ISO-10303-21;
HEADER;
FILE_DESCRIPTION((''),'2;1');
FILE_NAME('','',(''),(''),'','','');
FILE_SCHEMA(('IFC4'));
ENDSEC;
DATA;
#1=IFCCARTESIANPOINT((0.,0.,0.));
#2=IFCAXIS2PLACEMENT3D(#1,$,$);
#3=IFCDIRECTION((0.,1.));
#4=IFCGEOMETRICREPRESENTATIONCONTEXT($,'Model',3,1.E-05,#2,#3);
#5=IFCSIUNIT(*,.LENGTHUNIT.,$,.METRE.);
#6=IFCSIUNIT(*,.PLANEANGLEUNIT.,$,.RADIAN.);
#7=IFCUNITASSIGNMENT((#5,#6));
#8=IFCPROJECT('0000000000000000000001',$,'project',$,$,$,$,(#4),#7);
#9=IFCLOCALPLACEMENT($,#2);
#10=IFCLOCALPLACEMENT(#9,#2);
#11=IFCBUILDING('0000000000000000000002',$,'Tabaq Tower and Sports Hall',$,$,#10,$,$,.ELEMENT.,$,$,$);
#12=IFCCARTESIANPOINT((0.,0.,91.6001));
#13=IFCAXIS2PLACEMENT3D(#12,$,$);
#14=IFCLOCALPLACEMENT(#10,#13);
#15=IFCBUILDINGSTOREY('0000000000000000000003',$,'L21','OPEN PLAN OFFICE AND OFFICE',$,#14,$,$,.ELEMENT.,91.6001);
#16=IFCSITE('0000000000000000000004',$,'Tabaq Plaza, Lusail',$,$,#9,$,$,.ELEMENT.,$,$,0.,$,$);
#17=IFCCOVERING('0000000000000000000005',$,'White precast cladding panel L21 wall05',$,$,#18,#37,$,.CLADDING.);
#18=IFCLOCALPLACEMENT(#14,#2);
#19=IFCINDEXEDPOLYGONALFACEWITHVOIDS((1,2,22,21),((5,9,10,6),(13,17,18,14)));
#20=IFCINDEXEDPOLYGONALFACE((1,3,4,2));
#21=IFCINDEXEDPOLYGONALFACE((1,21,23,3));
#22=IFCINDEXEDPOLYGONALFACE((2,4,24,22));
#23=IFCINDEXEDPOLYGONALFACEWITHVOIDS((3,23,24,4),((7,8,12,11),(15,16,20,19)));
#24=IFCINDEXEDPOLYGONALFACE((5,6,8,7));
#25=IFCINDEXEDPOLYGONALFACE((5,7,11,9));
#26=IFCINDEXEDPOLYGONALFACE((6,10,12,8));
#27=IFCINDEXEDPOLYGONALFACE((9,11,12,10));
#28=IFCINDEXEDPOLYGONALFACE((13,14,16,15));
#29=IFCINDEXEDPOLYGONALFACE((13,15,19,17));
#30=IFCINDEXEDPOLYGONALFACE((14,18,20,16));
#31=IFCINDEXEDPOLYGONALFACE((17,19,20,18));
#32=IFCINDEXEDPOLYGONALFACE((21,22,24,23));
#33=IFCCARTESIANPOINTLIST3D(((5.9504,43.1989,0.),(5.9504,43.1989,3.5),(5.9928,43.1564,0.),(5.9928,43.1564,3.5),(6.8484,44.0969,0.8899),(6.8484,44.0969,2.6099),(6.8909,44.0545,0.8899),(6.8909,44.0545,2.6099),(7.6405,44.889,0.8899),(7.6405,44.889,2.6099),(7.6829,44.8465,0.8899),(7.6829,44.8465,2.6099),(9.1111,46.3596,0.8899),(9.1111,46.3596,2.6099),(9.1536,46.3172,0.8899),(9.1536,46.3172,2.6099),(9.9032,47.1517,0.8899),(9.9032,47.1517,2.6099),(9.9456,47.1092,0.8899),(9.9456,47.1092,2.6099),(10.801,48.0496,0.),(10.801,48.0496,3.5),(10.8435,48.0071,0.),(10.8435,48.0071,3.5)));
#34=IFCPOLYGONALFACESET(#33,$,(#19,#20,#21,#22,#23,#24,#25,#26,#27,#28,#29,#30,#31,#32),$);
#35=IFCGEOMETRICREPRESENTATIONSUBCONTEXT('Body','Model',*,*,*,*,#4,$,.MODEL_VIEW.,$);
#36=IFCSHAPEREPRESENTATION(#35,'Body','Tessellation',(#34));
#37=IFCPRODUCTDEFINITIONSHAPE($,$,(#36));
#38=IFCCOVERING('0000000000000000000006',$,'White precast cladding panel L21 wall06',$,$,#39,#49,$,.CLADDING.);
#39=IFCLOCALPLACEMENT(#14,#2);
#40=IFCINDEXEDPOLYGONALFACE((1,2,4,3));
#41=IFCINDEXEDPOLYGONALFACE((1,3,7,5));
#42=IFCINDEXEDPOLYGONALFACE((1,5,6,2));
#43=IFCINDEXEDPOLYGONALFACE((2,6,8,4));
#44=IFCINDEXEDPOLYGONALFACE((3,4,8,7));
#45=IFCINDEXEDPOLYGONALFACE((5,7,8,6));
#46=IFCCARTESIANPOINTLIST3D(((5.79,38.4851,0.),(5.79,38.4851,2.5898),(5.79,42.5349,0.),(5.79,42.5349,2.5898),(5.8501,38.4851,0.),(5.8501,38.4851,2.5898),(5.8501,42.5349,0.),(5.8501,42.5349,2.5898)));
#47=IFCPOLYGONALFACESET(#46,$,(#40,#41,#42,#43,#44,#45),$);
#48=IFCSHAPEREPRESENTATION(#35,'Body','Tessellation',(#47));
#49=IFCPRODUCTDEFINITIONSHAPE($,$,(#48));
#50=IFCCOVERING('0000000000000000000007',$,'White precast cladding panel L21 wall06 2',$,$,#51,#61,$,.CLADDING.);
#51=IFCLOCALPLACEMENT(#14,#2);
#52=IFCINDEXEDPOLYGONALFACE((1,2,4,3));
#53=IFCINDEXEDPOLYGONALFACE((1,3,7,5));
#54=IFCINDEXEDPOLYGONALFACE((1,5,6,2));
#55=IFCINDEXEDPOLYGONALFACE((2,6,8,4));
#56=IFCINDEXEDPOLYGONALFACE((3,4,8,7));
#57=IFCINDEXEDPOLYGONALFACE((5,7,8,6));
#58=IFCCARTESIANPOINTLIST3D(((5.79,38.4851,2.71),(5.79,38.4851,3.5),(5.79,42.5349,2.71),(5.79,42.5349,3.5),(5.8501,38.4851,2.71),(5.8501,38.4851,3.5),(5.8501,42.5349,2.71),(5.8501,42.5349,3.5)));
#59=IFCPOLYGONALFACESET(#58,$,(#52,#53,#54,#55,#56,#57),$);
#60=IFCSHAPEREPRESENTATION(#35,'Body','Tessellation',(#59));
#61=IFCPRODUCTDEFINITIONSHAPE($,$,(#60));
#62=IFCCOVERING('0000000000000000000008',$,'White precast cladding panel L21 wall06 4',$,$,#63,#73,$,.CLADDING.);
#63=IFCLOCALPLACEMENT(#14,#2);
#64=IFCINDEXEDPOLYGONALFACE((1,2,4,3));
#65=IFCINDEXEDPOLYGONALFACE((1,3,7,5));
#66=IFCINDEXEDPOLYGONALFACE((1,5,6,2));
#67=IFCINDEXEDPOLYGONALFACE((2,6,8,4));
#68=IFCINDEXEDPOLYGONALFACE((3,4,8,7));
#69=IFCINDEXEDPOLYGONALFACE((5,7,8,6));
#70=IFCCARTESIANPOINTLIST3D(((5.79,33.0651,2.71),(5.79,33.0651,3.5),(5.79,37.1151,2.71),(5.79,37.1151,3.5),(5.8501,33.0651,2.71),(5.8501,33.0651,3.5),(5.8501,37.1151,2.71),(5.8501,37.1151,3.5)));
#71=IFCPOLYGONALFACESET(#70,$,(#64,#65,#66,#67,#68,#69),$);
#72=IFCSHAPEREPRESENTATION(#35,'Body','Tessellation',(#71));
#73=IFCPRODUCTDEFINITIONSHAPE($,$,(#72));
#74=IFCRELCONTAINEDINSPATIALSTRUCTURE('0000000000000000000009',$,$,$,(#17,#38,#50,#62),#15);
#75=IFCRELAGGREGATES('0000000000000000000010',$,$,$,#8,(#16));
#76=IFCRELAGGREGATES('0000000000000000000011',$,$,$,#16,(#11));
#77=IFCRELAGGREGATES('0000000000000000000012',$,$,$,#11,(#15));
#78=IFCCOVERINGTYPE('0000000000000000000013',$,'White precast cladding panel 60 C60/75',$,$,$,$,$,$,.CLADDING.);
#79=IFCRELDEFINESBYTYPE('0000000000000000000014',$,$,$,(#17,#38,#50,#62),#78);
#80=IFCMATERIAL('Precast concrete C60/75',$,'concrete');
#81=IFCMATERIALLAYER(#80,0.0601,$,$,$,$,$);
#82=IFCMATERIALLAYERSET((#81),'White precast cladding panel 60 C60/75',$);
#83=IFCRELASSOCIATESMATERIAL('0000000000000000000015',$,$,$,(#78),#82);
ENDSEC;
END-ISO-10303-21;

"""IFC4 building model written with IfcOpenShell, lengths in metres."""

from ifc_helpers import new_model, si_unit, direction, frame, frame_2d, origin, place, context, subcontext, project, spatial, polyline, rectangle, outline, extrude, material, layer, layer_set, type_object, element, save


model = new_model("IFC4")

# Units and contexts
model_context = context("Model", 3, precision=1e-05, world=origin(), true_north=direction((0.0, 1.0)))
body_context = subcontext(model_context, "Body", "Model", "MODEL_VIEW")
ifc_project = project(units=[si_unit("LENGTHUNIT", "METRE"), si_unit("PLANEANGLEUNIT", "RADIAN")], contexts=[model_context])

# Site, building, storey
site_placement = place(None, origin())
site = spatial("IfcSite", under=ifc_project, at=site_placement, Name="Tabaq Plaza, Lusail", CompositionType="ELEMENT", RefElevation=0.0)
building_placement = place(site_placement, origin())
building = spatial("IfcBuilding", under=site, at=building_placement, Name="Tabaq Tower and Sports Hall", CompositionType="ELEMENT")
storey_placement = place(building_placement, frame((0.0, 0.0, 91.6001)))
storey = spatial("IfcBuildingStorey", under=building, at=storey_placement, Name="L21", Description="OPEN PLAN OFFICE AND OFFICE", CompositionType="ELEMENT", Elevation=91.6001)

# Coverings
ifc_material_1 = material(Name="Precast concrete C60/75", Category="concrete")
ifc_layer_1 = layer(ifc_material_1, 0.0601)
ifc_layer_set_1 = layer_set([ifc_layer_1], Name="White precast cladding panel 60 C60/75")
covering_type_1 = type_object("IfcCoveringType", Name="White precast cladding panel 60 C60/75", PredefinedType="CLADDING", material=ifc_layer_set_1)
covering_1_placement = place(storey_placement, frame((10.8223, 48.0283, 0.0), z_axis=(0.0, 0.0, 1.0), x_axis=(-0.707107, -0.707107, 0.0)))
element("IfcCovering", 1, at=covering_1_placement, inside=storey, type_object=covering_type_1, Name="White precast cladding panel L21 wall05", PredefinedType="CLADDING", context=body_context, shape_type="SweptSolid", body=[
    extrude(outline(polyline([(0.0, 0.0), (6.8599, 0.0), (6.8599, 3.5), (0.0, 3.5), (0.0, 0.0)]), holes=[polyline([(1.2698, 2.6099), (2.3899, 2.6099), (2.3899, 0.8899), (1.2698, 0.8899), (1.2698, 2.6099)]), polyline([(4.4697, 2.6099), (5.5898, 2.6099), (5.5898, 0.8899), (4.4697, 0.8899), (4.4697, 2.6099)])]), frame((0.0, 0.03, 0.0), z_axis=(0.0, -1.0, 0.0), x_axis=(1.0, 0.0, 0.0)), (0.0, 0.0, 1.0), 0.0601),
])
covering_2_placement = place(storey_placement, frame((5.8201, 42.5349, 0.0), z_axis=(0.0, 0.0, 1.0), x_axis=(0.0, -1.0, 0.0)))
element("IfcCovering", 2, at=covering_2_placement, inside=storey, type_object=covering_type_1, Name="White precast cladding panel L21 wall06", PredefinedType="CLADDING", context=body_context, shape_type="SweptSolid", body=[
    extrude(rectangle(XDim=4.0498, YDim=0.0601, at=frame_2d((2.0249, 0.0))), origin(), (0.0, 0.0, 1.0), 2.5898),
])
covering_3_placement = place(storey_placement, frame((5.8201, 42.5349, 2.71), z_axis=(0.0, 0.0, 1.0), x_axis=(0.0, -1.0, 0.0)))
element("IfcCovering", 3, at=covering_3_placement, inside=storey, type_object=covering_type_1, Name="White precast cladding panel L21 wall06 2", PredefinedType="CLADDING", context=body_context, shape_type="SweptSolid", body=[
    extrude(rectangle(XDim=4.0498, YDim=0.0601, at=frame_2d((2.0249, 0.0))), origin(), (0.0, 0.0, 1.0), 0.79),
])
covering_4_placement = place(storey_placement, frame((5.8201, 37.115, 2.71), z_axis=(0.0, 0.0, 1.0), x_axis=(0.0, -1.0, 0.0)))
element("IfcCovering", 4, at=covering_4_placement, inside=storey, type_object=covering_type_1, Name="White precast cladding panel L21 wall06 4", PredefinedType="CLADDING", context=body_context, shape_type="SweptSolid", body=[
    extrude(rectangle(XDim=4.05, YDim=0.0601, at=frame_2d((2.0249, 0.0))), origin(), (0.0, 0.0, 1.0), 0.79),
])

save(model, "model.ifc")
